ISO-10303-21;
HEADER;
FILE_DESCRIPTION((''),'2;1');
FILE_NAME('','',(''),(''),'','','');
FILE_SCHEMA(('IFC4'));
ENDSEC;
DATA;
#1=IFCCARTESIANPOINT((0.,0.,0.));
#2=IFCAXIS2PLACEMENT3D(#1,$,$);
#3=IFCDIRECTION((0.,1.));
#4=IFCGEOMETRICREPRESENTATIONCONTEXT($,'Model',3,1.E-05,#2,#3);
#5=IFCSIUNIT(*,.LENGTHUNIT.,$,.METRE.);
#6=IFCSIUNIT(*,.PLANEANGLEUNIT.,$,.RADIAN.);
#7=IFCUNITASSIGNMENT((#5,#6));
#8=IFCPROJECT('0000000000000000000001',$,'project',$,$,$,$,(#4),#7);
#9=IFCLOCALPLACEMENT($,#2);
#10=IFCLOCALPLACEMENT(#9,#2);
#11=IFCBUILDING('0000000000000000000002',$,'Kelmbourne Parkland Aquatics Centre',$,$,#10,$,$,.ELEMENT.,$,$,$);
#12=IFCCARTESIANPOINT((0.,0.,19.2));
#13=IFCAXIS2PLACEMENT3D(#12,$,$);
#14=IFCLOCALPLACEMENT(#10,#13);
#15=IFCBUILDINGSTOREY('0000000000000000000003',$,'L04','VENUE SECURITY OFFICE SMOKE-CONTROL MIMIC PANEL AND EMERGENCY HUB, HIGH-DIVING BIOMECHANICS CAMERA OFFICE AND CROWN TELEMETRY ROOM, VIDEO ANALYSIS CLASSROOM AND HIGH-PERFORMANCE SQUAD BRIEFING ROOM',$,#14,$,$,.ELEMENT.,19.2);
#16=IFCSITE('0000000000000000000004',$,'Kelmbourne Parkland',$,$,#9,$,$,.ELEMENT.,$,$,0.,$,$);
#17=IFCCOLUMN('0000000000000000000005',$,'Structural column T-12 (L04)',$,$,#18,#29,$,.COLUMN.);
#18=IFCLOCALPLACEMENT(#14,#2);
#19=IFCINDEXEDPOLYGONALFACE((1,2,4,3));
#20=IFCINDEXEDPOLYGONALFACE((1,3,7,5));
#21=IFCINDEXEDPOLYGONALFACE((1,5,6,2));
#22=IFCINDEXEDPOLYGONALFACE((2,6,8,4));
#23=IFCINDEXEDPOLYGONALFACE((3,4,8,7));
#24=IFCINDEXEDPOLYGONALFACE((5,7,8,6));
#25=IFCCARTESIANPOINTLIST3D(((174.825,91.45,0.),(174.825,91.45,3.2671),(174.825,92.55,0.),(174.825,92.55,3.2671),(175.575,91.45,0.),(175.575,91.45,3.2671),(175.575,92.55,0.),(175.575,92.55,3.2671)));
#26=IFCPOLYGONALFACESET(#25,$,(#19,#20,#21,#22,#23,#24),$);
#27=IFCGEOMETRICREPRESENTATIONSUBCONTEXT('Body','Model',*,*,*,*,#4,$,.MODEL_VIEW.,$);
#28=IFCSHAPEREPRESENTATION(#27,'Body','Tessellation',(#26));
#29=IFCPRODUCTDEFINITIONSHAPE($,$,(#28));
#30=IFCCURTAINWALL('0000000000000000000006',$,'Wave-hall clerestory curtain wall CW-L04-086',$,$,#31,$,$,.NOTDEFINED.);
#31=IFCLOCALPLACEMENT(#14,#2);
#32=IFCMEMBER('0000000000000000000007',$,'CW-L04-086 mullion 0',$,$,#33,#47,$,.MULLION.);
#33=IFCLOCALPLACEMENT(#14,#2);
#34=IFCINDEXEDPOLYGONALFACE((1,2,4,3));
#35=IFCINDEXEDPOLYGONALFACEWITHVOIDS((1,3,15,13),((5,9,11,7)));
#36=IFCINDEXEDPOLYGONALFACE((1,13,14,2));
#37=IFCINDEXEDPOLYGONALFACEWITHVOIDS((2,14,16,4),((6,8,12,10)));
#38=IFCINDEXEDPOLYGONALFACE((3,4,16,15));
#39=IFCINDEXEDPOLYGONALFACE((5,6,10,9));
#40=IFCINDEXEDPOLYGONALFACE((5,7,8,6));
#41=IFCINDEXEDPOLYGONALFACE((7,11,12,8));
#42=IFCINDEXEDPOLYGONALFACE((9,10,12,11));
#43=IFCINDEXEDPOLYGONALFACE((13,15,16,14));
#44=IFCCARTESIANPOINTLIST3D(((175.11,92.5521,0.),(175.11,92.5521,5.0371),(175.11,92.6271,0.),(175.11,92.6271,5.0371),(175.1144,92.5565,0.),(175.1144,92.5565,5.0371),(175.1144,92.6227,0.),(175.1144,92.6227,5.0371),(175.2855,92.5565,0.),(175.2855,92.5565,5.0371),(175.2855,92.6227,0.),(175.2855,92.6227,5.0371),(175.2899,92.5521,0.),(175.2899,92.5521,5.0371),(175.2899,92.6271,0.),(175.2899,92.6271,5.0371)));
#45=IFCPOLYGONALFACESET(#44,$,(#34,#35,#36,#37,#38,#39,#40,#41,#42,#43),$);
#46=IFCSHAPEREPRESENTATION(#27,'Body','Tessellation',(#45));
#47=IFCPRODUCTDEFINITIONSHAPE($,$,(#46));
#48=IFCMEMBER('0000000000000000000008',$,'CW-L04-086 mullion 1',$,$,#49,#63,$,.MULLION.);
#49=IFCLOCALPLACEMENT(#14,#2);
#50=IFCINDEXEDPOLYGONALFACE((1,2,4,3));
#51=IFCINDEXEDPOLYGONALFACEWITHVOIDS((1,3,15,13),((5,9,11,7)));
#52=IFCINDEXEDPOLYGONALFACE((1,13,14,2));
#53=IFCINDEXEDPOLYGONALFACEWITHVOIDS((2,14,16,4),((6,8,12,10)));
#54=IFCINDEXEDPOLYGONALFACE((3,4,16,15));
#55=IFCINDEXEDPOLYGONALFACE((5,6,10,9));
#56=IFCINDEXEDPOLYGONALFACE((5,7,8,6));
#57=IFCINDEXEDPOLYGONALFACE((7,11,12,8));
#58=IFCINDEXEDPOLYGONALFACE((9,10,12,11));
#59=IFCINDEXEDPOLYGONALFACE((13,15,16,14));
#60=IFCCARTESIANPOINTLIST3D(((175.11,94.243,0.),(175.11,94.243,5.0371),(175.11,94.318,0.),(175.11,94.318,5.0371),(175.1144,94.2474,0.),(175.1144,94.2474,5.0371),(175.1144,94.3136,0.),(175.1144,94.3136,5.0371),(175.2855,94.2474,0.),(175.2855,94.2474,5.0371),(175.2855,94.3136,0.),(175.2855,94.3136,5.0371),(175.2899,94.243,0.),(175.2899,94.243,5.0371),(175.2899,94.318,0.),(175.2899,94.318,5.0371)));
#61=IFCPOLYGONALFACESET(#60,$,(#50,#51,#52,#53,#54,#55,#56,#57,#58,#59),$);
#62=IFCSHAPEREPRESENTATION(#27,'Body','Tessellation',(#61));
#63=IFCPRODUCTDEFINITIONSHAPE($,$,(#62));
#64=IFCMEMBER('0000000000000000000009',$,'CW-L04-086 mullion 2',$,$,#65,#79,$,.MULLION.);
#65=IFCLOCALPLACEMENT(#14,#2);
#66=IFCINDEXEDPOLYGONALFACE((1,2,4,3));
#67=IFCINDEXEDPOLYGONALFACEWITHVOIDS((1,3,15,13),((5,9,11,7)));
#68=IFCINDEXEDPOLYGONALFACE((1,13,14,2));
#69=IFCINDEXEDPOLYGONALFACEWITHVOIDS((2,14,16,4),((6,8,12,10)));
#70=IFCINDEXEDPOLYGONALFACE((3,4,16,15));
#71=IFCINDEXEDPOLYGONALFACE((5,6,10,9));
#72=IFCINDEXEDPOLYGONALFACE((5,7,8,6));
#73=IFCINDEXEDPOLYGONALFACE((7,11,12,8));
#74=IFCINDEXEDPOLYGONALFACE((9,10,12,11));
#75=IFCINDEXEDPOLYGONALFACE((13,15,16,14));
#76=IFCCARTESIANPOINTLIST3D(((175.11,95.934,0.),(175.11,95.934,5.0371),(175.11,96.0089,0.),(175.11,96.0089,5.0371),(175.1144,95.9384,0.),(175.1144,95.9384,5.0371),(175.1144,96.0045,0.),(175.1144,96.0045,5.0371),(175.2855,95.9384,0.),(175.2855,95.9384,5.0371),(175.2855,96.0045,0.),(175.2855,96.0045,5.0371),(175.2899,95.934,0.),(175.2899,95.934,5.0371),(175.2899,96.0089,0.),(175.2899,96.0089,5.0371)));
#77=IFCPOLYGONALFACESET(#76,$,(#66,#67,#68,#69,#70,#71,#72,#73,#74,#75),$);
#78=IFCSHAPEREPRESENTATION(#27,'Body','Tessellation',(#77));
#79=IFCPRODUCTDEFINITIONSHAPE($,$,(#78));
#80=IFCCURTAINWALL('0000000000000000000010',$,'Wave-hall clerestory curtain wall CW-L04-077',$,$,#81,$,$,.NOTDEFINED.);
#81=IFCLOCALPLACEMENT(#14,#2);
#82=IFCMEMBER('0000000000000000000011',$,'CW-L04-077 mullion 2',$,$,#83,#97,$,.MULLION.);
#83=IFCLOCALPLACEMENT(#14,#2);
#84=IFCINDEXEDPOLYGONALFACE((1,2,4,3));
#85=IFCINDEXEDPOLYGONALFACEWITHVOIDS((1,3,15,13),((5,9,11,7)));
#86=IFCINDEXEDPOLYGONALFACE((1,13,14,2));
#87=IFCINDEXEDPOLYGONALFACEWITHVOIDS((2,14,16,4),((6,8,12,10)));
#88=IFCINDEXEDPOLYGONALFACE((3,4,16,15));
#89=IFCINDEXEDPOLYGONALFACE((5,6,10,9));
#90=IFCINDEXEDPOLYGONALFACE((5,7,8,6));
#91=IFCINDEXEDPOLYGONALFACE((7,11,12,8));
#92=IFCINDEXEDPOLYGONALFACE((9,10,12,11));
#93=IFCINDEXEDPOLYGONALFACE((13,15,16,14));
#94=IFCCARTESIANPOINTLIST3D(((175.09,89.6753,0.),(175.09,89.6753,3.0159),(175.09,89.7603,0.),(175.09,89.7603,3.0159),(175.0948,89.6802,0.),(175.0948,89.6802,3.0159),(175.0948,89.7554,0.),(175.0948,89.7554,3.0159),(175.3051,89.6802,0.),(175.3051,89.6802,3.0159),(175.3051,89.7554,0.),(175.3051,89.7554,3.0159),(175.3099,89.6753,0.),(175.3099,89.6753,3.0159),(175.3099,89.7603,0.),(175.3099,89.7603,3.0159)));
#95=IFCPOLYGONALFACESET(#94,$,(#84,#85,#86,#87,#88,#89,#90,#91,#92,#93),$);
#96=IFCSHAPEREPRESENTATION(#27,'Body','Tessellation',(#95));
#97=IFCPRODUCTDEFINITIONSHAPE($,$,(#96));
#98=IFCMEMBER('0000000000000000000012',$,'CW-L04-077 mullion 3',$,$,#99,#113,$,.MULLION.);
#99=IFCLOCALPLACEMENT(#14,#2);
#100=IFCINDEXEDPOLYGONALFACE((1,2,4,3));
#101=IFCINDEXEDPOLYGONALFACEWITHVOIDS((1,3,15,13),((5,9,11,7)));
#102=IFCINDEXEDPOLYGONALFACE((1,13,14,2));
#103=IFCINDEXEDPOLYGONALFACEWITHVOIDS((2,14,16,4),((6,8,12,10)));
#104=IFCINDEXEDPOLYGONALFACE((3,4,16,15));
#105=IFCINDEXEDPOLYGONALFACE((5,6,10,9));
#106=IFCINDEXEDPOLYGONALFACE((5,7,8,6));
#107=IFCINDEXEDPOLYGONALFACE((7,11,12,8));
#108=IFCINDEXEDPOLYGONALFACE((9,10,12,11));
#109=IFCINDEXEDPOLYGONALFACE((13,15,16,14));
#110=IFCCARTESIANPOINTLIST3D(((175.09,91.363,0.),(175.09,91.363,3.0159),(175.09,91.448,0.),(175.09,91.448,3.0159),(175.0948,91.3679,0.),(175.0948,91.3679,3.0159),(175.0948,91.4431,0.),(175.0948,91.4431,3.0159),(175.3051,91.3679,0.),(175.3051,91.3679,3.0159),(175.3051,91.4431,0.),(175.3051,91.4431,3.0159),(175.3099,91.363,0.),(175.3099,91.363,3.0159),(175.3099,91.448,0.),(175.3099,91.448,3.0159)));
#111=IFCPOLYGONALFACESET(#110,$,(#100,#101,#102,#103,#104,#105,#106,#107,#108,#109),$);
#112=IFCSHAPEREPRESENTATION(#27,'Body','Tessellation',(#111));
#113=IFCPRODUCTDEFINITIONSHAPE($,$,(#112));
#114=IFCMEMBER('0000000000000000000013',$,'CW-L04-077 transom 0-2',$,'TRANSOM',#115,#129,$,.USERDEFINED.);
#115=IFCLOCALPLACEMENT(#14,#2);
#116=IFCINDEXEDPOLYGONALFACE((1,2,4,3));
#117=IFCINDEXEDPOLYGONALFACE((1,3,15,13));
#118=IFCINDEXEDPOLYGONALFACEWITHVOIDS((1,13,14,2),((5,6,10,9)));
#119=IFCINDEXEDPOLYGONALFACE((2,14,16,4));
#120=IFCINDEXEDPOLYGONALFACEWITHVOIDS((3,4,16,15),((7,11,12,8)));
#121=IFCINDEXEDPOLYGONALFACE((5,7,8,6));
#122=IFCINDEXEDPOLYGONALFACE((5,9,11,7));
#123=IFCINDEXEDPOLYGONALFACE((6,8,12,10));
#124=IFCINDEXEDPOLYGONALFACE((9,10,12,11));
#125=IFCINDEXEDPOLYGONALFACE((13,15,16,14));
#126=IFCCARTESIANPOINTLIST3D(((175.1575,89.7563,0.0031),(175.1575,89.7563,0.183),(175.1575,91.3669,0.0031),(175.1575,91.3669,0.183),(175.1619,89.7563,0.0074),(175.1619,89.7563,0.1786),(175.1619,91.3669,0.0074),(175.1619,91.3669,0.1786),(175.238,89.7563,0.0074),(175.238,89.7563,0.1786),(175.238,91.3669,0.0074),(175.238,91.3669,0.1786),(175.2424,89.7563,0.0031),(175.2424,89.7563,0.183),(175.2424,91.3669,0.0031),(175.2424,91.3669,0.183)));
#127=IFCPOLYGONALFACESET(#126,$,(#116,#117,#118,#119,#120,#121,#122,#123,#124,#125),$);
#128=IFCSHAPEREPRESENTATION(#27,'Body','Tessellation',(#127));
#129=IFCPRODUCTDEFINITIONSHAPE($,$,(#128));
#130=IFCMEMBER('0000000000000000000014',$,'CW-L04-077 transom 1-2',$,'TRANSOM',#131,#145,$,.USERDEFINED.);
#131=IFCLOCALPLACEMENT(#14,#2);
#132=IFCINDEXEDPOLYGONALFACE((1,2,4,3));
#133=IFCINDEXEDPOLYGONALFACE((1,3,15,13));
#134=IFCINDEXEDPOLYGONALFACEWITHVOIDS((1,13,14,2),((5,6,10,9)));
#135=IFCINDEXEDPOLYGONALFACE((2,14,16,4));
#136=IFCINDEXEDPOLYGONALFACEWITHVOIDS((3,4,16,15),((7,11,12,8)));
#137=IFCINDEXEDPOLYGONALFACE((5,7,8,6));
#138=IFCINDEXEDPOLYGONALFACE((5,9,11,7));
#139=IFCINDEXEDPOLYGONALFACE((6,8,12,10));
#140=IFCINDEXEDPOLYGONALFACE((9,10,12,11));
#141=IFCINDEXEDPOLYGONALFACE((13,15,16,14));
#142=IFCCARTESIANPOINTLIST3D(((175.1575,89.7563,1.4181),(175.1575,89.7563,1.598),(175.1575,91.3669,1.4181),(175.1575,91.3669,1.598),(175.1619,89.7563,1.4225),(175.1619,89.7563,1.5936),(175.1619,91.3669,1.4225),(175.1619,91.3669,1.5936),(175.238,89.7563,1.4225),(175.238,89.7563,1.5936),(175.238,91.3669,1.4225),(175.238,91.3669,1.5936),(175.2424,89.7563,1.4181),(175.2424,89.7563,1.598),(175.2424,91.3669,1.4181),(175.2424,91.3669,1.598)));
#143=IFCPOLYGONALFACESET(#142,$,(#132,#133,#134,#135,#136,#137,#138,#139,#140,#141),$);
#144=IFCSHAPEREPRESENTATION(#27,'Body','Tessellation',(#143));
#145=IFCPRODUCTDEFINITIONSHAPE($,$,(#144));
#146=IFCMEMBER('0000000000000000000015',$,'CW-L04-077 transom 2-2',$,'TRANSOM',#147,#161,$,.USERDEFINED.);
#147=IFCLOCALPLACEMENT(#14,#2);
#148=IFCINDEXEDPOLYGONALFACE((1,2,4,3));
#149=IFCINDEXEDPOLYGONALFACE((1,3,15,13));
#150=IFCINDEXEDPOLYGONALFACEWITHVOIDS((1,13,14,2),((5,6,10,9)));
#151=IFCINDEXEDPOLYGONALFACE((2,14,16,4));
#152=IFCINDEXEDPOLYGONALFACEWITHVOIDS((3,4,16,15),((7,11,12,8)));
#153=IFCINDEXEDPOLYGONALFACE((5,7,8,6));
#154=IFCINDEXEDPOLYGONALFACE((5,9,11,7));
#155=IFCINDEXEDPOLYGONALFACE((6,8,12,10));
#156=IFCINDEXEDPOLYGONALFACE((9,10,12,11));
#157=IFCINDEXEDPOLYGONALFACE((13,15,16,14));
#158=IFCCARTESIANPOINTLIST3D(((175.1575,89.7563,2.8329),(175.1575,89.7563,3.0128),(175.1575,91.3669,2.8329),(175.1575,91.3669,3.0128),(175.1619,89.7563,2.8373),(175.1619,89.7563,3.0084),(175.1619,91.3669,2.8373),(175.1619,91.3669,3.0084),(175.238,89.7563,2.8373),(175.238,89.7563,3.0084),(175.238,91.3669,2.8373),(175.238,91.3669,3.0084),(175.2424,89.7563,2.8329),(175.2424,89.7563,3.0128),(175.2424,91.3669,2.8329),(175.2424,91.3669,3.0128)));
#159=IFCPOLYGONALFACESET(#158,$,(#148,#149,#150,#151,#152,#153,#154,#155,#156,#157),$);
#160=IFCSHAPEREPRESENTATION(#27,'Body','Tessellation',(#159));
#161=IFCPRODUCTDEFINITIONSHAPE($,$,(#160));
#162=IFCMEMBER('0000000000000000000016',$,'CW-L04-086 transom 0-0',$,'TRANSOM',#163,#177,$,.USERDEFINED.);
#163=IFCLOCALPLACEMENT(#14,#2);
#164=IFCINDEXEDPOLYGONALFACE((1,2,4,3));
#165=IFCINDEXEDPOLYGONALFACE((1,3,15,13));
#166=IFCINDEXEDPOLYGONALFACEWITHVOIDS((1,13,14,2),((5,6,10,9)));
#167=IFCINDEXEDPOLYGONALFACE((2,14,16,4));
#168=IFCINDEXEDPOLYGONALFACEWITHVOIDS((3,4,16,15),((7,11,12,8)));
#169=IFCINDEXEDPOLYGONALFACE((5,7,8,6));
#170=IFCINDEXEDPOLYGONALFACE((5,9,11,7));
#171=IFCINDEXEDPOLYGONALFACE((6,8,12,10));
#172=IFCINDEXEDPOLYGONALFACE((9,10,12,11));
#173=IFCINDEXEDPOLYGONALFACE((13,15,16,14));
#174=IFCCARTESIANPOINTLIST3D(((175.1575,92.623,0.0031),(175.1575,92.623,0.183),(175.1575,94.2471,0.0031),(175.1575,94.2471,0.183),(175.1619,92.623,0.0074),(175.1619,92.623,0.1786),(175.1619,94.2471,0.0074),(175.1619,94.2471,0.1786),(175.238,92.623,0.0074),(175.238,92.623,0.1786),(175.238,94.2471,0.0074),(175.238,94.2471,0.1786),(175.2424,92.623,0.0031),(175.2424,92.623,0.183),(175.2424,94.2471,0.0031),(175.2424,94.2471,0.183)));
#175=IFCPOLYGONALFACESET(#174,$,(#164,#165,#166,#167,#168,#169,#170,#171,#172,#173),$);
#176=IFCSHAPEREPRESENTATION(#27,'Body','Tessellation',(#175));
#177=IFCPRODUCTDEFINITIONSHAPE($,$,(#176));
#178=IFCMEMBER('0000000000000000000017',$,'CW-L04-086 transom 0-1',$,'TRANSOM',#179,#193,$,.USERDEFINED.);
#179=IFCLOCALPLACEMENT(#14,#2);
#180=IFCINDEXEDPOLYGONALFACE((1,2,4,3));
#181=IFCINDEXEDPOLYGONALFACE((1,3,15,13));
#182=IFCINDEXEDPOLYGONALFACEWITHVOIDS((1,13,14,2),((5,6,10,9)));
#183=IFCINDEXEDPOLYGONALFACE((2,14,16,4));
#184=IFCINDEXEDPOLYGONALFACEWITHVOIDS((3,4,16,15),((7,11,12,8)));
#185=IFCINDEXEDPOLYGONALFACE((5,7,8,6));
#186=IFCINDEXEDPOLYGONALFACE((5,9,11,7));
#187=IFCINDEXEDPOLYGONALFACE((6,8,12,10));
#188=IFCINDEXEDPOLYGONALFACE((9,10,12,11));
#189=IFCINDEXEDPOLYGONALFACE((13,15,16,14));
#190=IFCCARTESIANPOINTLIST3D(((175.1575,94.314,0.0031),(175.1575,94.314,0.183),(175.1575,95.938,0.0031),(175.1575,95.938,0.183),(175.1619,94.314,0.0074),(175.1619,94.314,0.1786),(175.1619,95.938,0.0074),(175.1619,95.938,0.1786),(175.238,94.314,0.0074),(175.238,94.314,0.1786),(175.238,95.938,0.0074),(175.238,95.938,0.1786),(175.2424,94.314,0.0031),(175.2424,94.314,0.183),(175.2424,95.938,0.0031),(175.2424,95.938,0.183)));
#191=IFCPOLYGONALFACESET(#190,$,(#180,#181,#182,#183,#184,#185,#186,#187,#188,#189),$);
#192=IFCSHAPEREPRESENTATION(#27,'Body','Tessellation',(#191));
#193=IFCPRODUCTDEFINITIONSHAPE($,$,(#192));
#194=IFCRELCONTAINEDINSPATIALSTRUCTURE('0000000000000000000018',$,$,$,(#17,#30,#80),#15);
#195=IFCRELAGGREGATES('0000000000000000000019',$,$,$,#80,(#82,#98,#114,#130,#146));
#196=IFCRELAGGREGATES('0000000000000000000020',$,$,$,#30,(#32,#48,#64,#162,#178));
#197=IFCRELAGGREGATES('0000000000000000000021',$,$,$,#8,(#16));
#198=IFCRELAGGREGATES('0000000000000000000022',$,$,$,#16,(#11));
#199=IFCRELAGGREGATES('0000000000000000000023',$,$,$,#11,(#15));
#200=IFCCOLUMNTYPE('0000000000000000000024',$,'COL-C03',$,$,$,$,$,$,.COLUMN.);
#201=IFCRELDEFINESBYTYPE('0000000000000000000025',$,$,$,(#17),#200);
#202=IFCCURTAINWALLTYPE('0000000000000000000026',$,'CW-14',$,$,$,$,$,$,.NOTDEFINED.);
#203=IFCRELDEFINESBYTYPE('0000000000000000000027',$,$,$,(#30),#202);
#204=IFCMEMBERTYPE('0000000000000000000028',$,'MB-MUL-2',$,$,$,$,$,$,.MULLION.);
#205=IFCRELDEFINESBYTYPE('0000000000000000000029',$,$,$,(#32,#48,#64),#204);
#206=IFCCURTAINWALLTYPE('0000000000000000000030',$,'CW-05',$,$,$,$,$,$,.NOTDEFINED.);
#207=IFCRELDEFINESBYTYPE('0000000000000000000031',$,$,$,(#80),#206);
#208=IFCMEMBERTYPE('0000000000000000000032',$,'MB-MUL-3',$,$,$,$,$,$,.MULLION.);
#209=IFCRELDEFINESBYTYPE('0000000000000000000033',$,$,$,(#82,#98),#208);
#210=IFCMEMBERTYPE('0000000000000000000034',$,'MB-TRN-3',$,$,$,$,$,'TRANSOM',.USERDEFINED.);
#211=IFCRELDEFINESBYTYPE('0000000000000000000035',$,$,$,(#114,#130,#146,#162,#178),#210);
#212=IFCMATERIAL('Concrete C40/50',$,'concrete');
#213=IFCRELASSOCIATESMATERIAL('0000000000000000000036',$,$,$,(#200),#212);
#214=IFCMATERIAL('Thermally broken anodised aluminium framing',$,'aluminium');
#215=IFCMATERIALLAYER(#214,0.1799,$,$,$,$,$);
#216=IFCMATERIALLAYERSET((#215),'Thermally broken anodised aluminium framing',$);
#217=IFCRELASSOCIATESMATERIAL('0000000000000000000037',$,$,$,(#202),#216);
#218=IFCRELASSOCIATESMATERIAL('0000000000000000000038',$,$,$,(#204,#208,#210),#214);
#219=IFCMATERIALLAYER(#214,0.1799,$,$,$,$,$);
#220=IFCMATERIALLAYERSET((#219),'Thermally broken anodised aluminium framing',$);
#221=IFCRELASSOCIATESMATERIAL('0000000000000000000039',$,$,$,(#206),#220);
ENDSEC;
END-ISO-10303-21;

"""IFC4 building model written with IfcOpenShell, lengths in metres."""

from ifc_helpers import new_model, si_unit, direction, frame, origin, origin_2d, place, context, subcontext, project, spatial, rectangle, hollow_rectangle, extrude, material, layer, layer_set, material_profile, profile_set, type_object, element, aggregate, save


model = new_model("IFC4")

# Units and contexts
model_context = context("Model", 3, precision=1e-05, world=origin(), true_north=direction((0.0, 1.0)))
body_context = subcontext(model_context, "Body", "Model", "MODEL_VIEW")
ifc_project = project(units=[si_unit("LENGTHUNIT", "METRE"), si_unit("PLANEANGLEUNIT", "RADIAN")], contexts=[model_context])

# Site, building, storey
site_placement = place(None, origin())
site = spatial("IfcSite", under=ifc_project, at=site_placement, Name="Kelmbourne Parkland", CompositionType="ELEMENT", RefElevation=0.0)
building_placement = place(site_placement, origin())
building = spatial("IfcBuilding", under=site, at=building_placement, Name="Kelmbourne Parkland Aquatics Centre", CompositionType="ELEMENT")
storey_placement = place(building_placement, frame((0.0, 0.0, 19.2)))
storey = spatial("IfcBuildingStorey", under=building, at=storey_placement, Name="L04", Description="VENUE SECURITY OFFICE SMOKE-CONTROL MIMIC PANEL AND EMERGENCY HUB, HIGH-DIVING BIOMECHANICS CAMERA OFFICE AND CROWN TELEMETRY ROOM, VIDEO ANALYSIS CLASSROOM AND HIGH-PERFORMANCE SQUAD BRIEFING ROOM", CompositionType="ELEMENT", Elevation=19.2)

# Column
ifc_material_1 = material(Name="Concrete C40/50", Category="concrete")
ifc_material_profile_1 = material_profile(ifc_material_1, rectangle(XDim=0.75, YDim=1.1001, at=origin_2d()), Name="RC 750x1100")
ifc_profile_set_1 = profile_set([ifc_material_profile_1], Name="Concrete C40/50")
column_type = type_object("IfcColumnType", Name="COL-C03", PredefinedType="COLUMN", material=ifc_profile_set_1)
column_placement = place(storey_placement, frame((175.2, 92.0, 0.0), z_axis=(0.0, 0.0, 1.0), x_axis=(1.0, 0.0, 0.0)))
element("IfcColumn", 1, at=column_placement, inside=storey, type_object=column_type, Name="Structural column T-12 (L04)", PredefinedType="COLUMN", context=body_context, shape_type="SweptSolid", body=[
    extrude(rectangle(XDim=0.75, YDim=1.1001, at=origin_2d()), origin(), (0.0, 0.0, 1.0), 3.2671),
])

# Curtain walls, members
ifc_material_2 = material(Name="Thermally broken anodised aluminium framing", Category="aluminium")
ifc_layer_1 = layer(ifc_material_2, 0.1799)
ifc_layer_set_1 = layer_set([ifc_layer_1], Name="Thermally broken anodised aluminium framing")
curtain_wall_type_1 = type_object("IfcCurtainWallType", Name="CW-14", PredefinedType="NOTDEFINED", material=ifc_layer_set_1)
curtain_wall_1_placement = place(storey_placement, origin())
curtain_wall_1 = element("IfcCurtainWall", 2, at=curtain_wall_1_placement, inside=storey, type_object=curtain_wall_type_1, Name="Wave-hall clerestory curtain wall CW-L04-086", PredefinedType="NOTDEFINED")
ifc_material_profile_2 = material_profile(ifc_material_2, hollow_rectangle(XDim=0.075, YDim=0.1799, WallThickness=0.0044, at=origin_2d()), Name="CW-M 75x180")
ifc_profile_set_2 = profile_set([ifc_material_profile_2], Name="Thermally broken anodised aluminium framing")
member_type_1 = type_object("IfcMemberType", Name="MB-MUL-2", PredefinedType="MULLION", material=ifc_profile_set_2)
member_1_placement = place(storey_placement, frame((175.2, 92.5896, 0.0), z_axis=(0.0, 0.0, 1.0), x_axis=(0.0, 1.0, 0.0)))
member_1 = element("IfcMember", 3, at=member_1_placement, type_object=member_type_1, Name="CW-L04-086 mullion 0", PredefinedType="MULLION", context=body_context, shape_type="SweptSolid", body=[
    extrude(hollow_rectangle(XDim=0.075, YDim=0.1799, WallThickness=0.0044, at=origin_2d()), origin(), (0.0, 0.0, 1.0), 5.0371),
])
member_2_placement = place(storey_placement, frame((175.2, 94.2805, 0.0), z_axis=(0.0, 0.0, 1.0), x_axis=(0.0, 1.0, 0.0)))
member_2 = element("IfcMember", 4, at=member_2_placement, type_object=member_type_1, Name="CW-L04-086 mullion 1", PredefinedType="MULLION", context=body_context, shape_type="SweptSolid", body=[
    extrude(hollow_rectangle(XDim=0.075, YDim=0.1799, WallThickness=0.0044, at=origin_2d()), origin(), (0.0, 0.0, 1.0), 5.0371),
])
member_3_placement = place(storey_placement, frame((175.2, 95.9714, 0.0), z_axis=(0.0, 0.0, 1.0), x_axis=(0.0, 1.0, 0.0)))
member_3 = element("IfcMember", 5, at=member_3_placement, type_object=member_type_1, Name="CW-L04-086 mullion 2", PredefinedType="MULLION", context=body_context, shape_type="SweptSolid", body=[
    extrude(hollow_rectangle(XDim=0.075, YDim=0.1799, WallThickness=0.0044, at=origin_2d()), origin(), (0.0, 0.0, 1.0), 5.0371),
])
ifc_layer_2 = layer(ifc_material_2, 0.1799)
ifc_layer_set_2 = layer_set([ifc_layer_2], Name="Thermally broken anodised aluminium framing")
curtain_wall_type_2 = type_object("IfcCurtainWallType", Name="CW-05", PredefinedType="NOTDEFINED", material=ifc_layer_set_2)
curtain_wall_2_placement = place(storey_placement, origin())
curtain_wall_2 = element("IfcCurtainWall", 6, at=curtain_wall_2_placement, inside=storey, type_object=curtain_wall_type_2, Name="Wave-hall clerestory curtain wall CW-L04-077", PredefinedType="NOTDEFINED")
ifc_material_profile_3 = material_profile(ifc_material_2, hollow_rectangle(XDim=0.085, YDim=0.22, WallThickness=0.0049, at=origin_2d()), Name="CW-M 85x220")
ifc_profile_set_3 = profile_set([ifc_material_profile_3], Name="Thermally broken anodised aluminium framing")
member_type_2 = type_object("IfcMemberType", Name="MB-MUL-3", PredefinedType="MULLION", material=ifc_profile_set_3)
member_4_placement = place(storey_placement, frame((175.2, 89.7178, 0.0), z_axis=(0.0, 0.0, 1.0), x_axis=(0.0, 1.0, 0.0)))
member_4 = element("IfcMember", 7, at=member_4_placement, type_object=member_type_2, Name="CW-L04-077 mullion 2", PredefinedType="MULLION", context=body_context, shape_type="SweptSolid", body=[
    extrude(hollow_rectangle(XDim=0.085, YDim=0.22, WallThickness=0.0049, at=origin_2d()), origin(), (0.0, 0.0, 1.0), 3.0159),
])
member_5_placement = place(storey_placement, frame((175.2, 91.4055, 0.0), z_axis=(0.0, 0.0, 1.0), x_axis=(0.0, 1.0, 0.0)))
member_5 = element("IfcMember", 8, at=member_5_placement, type_object=member_type_2, Name="CW-L04-077 mullion 3", PredefinedType="MULLION", context=body_context, shape_type="SweptSolid", body=[
    extrude(hollow_rectangle(XDim=0.085, YDim=0.22, WallThickness=0.0049, at=origin_2d()), origin(), (0.0, 0.0, 1.0), 3.0159),
])
ifc_material_profile_4 = material_profile(ifc_material_2, hollow_rectangle(XDim=0.085, YDim=0.1799, WallThickness=0.0044, at=origin_2d()), Name="CW-T 85x180")
ifc_profile_set_4 = profile_set([ifc_material_profile_4], Name="Thermally broken anodised aluminium framing")
member_type_3 = type_object("IfcMemberType", Name="MB-TRN-3", ElementType="TRANSOM", PredefinedType="USERDEFINED", material=ifc_profile_set_4)
member_6_placement = place(storey_placement, frame((175.2, 89.7563, 0.093), z_axis=(0.0, 1.0, 0.0), x_axis=(-1.0, 0.0, 0.0)))
member_6 = element("IfcMember", 9, at=member_6_placement, type_object=member_type_3, Name="CW-L04-077 transom 0-2", ObjectType="TRANSOM", PredefinedType="USERDEFINED", context=body_context, shape_type="SweptSolid", body=[
    extrude(hollow_rectangle(XDim=0.085, YDim=0.1799, WallThickness=0.0044, at=origin_2d()), origin(), (0.0, 0.0, 1.0), 1.6106),
])
member_7_placement = place(storey_placement, frame((175.2, 89.7563, 1.5081), z_axis=(0.0, 1.0, 0.0), x_axis=(-1.0, 0.0, 0.0)))
member_7 = element("IfcMember", 10, at=member_7_placement, type_object=member_type_3, Name="CW-L04-077 transom 1-2", ObjectType="TRANSOM", PredefinedType="USERDEFINED", context=body_context, shape_type="SweptSolid", body=[
    extrude(hollow_rectangle(XDim=0.085, YDim=0.1799, WallThickness=0.0044, at=origin_2d()), origin(), (0.0, 0.0, 1.0), 1.6106),
])
member_8_placement = place(storey_placement, frame((175.2, 89.7563, 2.9229), z_axis=(0.0, 1.0, 0.0), x_axis=(-1.0, 0.0, 0.0)))
member_8 = element("IfcMember", 11, at=member_8_placement, type_object=member_type_3, Name="CW-L04-077 transom 2-2", ObjectType="TRANSOM", PredefinedType="USERDEFINED", context=body_context, shape_type="SweptSolid", body=[
    extrude(hollow_rectangle(XDim=0.085, YDim=0.1799, WallThickness=0.0044, at=origin_2d()), origin(), (0.0, 0.0, 1.0), 1.6106),
])

# Members
member_9_placement = place(storey_placement, frame((175.2, 92.623, 0.093), z_axis=(0.0, 1.0, 0.0), x_axis=(-1.0, 0.0, 0.0)))
member_9 = element("IfcMember", 12, at=member_9_placement, type_object=member_type_3, Name="CW-L04-086 transom 0-0", ObjectType="TRANSOM", PredefinedType="USERDEFINED", context=body_context, shape_type="SweptSolid", body=[
    extrude(hollow_rectangle(XDim=0.085, YDim=0.1799, WallThickness=0.0044, at=origin_2d()), origin(), (0.0, 0.0, 1.0), 1.624),
])
member_10_placement = place(storey_placement, frame((175.2, 94.314, 0.093), z_axis=(0.0, 1.0, 0.0), x_axis=(-1.0, 0.0, 0.0)))
member_10 = element("IfcMember", 13, at=member_10_placement, type_object=member_type_3, Name="CW-L04-086 transom 0-1", ObjectType="TRANSOM", PredefinedType="USERDEFINED", context=body_context, shape_type="SweptSolid", body=[
    extrude(hollow_rectangle(XDim=0.085, YDim=0.1799, WallThickness=0.0044, at=origin_2d()), origin(), (0.0, 0.0, 1.0), 1.624),
])

aggregate(curtain_wall_2, [member_4, member_5, member_6, member_7, member_8])
aggregate(curtain_wall_1, [member_1, member_2, member_3, member_9, member_10])

save(model, "model.ifc")
